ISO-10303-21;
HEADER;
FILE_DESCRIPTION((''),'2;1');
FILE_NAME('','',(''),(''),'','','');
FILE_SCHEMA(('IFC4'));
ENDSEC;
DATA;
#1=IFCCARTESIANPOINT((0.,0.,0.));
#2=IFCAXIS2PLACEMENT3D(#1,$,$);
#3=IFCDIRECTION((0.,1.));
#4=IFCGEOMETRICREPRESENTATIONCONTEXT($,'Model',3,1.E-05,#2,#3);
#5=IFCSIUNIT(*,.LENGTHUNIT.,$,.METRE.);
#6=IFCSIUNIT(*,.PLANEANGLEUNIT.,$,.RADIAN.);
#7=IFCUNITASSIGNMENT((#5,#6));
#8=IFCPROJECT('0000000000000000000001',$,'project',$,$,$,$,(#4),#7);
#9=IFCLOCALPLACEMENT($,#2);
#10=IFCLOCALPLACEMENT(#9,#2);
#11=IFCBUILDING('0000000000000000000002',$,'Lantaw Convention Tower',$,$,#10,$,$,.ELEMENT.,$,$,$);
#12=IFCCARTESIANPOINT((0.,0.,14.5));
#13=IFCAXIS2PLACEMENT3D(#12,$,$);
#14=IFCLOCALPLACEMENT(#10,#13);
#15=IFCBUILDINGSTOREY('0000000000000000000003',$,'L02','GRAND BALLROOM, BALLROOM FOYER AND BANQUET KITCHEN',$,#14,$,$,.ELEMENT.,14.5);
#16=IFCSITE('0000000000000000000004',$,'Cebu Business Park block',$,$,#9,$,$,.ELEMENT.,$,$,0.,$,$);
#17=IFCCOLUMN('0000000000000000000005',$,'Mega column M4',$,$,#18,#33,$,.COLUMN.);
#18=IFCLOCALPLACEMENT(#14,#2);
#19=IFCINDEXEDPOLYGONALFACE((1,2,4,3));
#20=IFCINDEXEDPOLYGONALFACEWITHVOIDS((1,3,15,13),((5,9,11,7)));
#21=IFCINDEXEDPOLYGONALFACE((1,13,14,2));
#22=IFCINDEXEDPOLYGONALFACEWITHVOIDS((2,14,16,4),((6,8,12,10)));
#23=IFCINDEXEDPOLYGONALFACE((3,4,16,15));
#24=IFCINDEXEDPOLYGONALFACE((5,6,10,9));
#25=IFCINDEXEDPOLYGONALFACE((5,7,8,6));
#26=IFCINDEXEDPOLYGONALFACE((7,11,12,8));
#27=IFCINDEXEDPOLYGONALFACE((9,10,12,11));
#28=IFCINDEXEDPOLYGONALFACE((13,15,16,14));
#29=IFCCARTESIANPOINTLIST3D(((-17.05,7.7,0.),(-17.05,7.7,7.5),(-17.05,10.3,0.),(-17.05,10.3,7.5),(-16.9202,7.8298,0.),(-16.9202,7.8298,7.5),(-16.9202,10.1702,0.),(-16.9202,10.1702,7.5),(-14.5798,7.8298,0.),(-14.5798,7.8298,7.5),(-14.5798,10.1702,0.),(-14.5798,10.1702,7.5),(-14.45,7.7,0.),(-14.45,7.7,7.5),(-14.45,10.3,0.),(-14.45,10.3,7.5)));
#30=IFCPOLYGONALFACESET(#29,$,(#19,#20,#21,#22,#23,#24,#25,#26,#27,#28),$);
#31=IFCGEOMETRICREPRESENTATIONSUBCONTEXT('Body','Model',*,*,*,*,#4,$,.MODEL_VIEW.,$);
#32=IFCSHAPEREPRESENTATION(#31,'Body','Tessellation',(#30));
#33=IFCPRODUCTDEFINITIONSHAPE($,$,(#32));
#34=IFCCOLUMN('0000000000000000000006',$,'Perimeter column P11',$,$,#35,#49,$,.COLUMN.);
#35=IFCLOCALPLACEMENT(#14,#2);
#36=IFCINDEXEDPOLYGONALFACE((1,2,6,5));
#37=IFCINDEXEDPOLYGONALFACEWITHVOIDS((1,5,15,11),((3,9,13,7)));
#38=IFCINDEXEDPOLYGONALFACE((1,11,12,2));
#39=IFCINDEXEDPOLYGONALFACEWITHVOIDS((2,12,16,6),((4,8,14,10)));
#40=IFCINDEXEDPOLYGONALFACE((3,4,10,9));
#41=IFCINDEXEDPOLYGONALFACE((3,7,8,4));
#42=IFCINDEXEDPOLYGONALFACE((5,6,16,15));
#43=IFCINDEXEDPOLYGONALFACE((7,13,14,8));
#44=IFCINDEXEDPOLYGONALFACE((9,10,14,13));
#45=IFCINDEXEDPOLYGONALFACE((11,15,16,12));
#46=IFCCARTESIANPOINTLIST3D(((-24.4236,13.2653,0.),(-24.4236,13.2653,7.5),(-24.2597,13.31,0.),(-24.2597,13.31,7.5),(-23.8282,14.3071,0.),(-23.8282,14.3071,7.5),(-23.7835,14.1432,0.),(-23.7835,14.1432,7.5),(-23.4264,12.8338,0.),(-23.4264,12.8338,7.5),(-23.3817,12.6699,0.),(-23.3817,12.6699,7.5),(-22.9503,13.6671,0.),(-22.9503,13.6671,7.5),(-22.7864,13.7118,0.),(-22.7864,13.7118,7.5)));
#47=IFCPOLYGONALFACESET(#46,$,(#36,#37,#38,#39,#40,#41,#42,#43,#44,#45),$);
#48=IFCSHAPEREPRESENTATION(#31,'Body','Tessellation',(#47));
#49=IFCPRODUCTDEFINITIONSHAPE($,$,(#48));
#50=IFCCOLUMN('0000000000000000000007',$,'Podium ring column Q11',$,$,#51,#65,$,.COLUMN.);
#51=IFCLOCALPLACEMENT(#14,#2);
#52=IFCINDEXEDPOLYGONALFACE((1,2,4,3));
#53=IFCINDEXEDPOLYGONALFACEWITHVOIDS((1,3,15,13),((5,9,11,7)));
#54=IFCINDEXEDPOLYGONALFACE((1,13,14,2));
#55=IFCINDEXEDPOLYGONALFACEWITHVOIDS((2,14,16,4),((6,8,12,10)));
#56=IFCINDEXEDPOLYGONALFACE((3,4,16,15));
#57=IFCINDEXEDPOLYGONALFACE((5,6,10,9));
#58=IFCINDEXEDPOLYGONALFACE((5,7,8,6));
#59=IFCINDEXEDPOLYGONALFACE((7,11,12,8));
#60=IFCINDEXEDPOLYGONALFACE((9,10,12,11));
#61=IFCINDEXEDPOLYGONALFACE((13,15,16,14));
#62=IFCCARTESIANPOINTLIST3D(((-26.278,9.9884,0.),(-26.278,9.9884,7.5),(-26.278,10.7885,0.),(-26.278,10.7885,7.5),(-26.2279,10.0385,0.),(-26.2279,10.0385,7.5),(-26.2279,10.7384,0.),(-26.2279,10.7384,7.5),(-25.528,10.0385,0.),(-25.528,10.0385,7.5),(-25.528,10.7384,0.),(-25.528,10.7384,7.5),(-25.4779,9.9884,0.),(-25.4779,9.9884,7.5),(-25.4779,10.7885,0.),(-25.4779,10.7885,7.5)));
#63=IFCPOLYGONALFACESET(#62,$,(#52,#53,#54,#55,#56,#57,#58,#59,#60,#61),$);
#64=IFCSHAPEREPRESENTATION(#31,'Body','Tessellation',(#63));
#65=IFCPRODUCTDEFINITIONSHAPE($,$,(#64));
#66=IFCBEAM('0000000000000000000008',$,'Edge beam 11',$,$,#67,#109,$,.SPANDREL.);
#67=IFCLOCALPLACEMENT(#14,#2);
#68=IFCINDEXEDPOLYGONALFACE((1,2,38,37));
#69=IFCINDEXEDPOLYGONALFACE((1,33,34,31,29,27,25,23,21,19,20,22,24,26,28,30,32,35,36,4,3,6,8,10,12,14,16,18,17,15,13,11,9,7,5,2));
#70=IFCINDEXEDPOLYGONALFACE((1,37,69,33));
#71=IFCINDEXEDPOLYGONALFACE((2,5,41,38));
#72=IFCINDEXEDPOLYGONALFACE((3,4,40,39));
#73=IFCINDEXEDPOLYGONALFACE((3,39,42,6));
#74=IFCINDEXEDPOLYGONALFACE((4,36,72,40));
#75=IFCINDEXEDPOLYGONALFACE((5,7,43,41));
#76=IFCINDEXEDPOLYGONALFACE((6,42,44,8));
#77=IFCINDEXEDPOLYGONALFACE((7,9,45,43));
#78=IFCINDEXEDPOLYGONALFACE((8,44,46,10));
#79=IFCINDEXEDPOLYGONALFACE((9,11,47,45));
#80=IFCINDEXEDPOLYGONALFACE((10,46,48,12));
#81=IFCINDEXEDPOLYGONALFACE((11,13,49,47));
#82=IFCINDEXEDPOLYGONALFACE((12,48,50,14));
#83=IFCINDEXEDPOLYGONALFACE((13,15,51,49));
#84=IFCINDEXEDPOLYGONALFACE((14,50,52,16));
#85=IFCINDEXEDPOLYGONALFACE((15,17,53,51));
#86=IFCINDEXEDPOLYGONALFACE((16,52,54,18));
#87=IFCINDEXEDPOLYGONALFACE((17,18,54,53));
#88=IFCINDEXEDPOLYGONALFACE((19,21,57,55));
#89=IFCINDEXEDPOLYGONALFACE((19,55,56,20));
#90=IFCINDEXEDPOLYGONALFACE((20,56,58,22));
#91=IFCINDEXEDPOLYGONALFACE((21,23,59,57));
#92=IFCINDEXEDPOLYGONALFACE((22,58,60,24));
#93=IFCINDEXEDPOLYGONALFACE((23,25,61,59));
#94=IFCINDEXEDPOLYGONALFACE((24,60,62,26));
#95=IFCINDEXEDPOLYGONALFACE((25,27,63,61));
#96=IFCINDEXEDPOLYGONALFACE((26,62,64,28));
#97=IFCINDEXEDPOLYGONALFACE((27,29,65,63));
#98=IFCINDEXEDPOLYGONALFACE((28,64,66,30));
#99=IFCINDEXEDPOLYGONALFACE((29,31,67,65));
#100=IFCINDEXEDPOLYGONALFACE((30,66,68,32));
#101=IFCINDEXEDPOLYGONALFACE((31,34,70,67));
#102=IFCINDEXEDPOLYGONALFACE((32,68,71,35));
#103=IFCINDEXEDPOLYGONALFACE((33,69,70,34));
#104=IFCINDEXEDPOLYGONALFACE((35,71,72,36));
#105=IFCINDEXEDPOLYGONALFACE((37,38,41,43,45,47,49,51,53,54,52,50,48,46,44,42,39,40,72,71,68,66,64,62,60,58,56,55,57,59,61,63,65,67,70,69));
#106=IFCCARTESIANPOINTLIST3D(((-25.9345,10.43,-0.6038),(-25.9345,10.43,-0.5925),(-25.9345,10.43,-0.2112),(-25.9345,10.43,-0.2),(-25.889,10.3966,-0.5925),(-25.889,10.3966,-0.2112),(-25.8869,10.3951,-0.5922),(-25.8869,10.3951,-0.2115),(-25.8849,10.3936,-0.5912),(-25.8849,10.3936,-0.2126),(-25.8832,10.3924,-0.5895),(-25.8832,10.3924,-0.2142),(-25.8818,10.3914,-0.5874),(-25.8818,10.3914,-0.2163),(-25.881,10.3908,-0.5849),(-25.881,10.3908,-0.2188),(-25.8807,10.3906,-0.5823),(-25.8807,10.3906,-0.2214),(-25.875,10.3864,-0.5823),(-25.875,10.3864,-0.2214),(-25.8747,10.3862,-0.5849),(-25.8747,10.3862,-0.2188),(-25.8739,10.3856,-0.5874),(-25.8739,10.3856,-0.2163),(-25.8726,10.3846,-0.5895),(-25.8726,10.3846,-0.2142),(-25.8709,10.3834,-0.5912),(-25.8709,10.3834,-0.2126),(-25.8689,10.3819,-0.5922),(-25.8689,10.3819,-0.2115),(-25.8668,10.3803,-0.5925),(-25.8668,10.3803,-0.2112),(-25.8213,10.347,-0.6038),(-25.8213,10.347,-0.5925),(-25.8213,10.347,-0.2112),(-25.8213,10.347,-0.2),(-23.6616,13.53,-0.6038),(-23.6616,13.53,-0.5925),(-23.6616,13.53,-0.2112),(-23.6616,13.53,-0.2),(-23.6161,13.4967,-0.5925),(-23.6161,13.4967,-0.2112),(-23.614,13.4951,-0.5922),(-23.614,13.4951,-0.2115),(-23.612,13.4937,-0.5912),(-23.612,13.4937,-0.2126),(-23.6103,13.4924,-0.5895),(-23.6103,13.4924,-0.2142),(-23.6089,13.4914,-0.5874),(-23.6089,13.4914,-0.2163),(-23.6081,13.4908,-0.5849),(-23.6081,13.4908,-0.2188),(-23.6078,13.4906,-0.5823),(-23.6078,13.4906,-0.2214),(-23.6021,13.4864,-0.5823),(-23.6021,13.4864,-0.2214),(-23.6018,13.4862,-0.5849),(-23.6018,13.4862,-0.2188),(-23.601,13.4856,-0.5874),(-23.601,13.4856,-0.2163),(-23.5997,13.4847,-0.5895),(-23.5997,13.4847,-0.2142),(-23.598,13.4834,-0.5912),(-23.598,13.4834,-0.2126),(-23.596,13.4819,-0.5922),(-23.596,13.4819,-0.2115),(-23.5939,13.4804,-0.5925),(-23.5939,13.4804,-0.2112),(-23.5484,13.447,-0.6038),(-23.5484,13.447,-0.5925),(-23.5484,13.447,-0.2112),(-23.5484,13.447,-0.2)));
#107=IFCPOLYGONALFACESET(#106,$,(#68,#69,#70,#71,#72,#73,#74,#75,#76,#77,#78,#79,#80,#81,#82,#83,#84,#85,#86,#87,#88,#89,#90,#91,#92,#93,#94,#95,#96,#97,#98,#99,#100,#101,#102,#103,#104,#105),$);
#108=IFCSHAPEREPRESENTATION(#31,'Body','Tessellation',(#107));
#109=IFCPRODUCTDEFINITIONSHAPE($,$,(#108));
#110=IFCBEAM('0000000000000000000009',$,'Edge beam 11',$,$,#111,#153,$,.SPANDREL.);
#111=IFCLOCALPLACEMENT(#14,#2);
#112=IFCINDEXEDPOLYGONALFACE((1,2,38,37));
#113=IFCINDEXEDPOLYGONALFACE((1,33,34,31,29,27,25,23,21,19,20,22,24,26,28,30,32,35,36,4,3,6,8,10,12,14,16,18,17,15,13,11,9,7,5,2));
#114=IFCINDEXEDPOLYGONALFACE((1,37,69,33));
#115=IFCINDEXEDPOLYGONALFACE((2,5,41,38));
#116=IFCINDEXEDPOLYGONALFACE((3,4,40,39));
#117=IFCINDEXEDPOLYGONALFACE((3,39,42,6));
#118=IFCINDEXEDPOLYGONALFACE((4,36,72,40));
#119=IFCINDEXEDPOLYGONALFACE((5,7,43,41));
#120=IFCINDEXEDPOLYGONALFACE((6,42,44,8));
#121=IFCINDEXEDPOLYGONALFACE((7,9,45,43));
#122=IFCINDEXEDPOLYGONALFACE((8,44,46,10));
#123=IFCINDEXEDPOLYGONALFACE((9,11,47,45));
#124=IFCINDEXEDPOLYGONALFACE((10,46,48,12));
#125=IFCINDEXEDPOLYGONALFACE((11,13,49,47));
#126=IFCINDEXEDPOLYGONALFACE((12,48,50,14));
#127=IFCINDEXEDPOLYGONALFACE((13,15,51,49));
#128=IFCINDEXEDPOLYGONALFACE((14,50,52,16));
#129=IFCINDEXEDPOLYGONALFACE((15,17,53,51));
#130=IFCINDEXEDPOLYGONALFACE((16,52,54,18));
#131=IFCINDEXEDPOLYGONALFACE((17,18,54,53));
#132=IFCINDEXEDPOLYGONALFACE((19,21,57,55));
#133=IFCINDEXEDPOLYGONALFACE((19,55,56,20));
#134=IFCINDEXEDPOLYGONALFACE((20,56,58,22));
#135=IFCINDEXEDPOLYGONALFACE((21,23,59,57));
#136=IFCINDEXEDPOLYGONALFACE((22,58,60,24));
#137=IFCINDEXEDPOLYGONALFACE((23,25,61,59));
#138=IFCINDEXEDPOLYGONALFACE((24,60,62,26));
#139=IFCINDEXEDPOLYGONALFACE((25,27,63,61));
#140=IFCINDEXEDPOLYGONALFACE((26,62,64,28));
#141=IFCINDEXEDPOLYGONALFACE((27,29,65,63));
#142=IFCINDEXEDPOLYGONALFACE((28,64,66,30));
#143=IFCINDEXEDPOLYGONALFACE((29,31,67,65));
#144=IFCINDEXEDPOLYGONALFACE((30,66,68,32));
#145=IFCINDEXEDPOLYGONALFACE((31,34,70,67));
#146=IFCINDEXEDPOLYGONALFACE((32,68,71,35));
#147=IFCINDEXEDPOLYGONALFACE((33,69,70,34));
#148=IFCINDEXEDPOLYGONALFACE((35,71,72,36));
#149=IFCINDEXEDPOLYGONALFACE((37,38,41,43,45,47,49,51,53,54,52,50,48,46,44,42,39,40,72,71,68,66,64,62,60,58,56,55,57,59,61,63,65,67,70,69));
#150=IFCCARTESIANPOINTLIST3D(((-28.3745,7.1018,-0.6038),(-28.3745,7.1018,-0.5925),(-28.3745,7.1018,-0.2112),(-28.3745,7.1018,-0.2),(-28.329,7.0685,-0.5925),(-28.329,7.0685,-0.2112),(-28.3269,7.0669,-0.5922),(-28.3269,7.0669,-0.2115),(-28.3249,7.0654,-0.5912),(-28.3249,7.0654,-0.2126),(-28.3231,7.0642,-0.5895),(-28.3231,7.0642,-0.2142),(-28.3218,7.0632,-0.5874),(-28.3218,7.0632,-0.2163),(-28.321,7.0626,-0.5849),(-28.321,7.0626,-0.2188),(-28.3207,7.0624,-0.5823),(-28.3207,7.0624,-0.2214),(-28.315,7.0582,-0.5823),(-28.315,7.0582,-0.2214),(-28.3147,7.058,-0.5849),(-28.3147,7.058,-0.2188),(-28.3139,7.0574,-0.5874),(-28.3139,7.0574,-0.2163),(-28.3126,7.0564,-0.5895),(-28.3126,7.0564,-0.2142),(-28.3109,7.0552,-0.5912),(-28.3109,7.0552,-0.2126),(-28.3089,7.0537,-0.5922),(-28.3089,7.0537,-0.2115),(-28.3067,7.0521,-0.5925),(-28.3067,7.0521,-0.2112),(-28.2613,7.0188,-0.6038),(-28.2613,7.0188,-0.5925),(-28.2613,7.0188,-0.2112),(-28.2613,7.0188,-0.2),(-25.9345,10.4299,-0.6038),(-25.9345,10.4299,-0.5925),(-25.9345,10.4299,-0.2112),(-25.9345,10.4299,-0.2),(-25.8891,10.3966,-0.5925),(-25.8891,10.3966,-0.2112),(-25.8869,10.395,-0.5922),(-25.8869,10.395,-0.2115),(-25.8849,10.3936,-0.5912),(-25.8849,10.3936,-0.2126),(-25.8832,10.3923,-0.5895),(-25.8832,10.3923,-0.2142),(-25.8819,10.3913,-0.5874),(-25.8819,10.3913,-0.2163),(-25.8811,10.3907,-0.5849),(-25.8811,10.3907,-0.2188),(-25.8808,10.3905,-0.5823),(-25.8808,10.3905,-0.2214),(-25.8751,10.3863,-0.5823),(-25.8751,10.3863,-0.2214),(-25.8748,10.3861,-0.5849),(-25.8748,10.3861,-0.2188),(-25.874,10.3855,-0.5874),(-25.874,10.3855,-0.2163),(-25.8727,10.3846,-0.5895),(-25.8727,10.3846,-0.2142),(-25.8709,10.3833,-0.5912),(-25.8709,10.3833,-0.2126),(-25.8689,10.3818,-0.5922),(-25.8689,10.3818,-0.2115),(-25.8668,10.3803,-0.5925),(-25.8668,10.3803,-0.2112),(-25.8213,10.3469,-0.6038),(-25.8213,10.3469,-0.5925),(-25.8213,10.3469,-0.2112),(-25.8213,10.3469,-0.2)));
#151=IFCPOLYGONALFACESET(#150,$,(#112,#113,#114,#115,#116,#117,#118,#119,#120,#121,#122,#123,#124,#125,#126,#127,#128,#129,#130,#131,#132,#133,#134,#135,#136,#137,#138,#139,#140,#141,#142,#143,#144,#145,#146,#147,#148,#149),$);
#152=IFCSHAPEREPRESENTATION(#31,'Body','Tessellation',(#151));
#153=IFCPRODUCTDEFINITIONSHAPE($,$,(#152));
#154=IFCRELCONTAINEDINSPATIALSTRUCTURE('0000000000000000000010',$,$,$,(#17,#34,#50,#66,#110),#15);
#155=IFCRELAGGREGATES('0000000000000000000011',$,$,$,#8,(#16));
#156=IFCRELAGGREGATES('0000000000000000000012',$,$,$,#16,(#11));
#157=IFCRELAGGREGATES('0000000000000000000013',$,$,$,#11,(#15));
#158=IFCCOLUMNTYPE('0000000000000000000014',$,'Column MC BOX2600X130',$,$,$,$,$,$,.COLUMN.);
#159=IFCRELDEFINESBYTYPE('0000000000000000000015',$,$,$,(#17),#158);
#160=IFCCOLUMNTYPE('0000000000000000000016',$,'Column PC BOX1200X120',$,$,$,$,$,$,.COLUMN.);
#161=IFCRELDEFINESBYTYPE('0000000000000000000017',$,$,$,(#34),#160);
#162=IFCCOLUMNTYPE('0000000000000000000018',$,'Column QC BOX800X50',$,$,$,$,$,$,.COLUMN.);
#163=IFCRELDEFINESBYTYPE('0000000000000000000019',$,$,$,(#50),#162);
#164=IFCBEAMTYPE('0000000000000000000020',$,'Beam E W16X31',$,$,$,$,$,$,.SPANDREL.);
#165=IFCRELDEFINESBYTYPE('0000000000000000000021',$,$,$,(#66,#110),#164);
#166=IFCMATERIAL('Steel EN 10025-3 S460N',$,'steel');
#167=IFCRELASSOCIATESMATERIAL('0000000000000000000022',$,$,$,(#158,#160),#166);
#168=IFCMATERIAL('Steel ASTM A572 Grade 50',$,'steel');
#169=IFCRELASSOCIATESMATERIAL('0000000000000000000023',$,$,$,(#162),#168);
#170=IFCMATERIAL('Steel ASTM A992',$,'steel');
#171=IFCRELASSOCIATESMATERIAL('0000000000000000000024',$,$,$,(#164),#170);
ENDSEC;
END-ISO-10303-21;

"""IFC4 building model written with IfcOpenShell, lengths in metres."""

from ifc_helpers import new_model, si_unit, direction, frame, origin, origin_2d, place, context, subcontext, project, spatial, rectangle, hollow_rectangle, i_section, extrude, material, material_profile, profile_set, type_object, element, save


model = new_model("IFC4")

# Units and contexts
model_context = context("Model", 3, precision=1e-05, world=origin(), true_north=direction((0.0, 1.0)))
body_context = subcontext(model_context, "Body", "Model", "MODEL_VIEW")
ifc_project = project(units=[si_unit("LENGTHUNIT", "METRE"), si_unit("PLANEANGLEUNIT", "RADIAN")], contexts=[model_context])

# Site, building, storey
site_placement = place(None, origin())
site = spatial("IfcSite", under=ifc_project, at=site_placement, Name="Cebu Business Park block", CompositionType="ELEMENT", RefElevation=0.0)
building_placement = place(site_placement, origin())
building = spatial("IfcBuilding", under=site, at=building_placement, Name="Lantaw Convention Tower", CompositionType="ELEMENT")
storey_placement = place(building_placement, frame((0.0, 0.0, 14.5)))
storey = spatial("IfcBuildingStorey", under=building, at=storey_placement, Name="L02", Description="GRAND BALLROOM, BALLROOM FOYER AND BANQUET KITCHEN", CompositionType="ELEMENT", Elevation=14.5)

# Columns
ifc_material_1 = material(Name="Steel EN 10025-3 S460N", Category="steel")
ifc_material_profile_1 = material_profile(ifc_material_1, hollow_rectangle(XDim=2.6001, YDim=2.6001, WallThickness=0.1299, at=origin_2d()), Name="BOX2600X130")
ifc_material_2 = material(Name="Concrete C60/75", Category="concrete")
ifc_material_profile_2 = material_profile(ifc_material_2, rectangle(XDim=2.3401, YDim=2.3401, at=origin_2d()), Name="Concrete fill of BOX2600X130")
ifc_profile_set_1 = profile_set([ifc_material_profile_1, ifc_material_profile_2], Name="Steel EN 10025-3 S460N")
column_type_1 = type_object("IfcColumnType", Name="Column MC BOX2600X130", PredefinedType="COLUMN", material=ifc_profile_set_1)
column_1_placement = place(storey_placement, frame((-15.75, 9.0, 0.0), z_axis=(0.0, 0.0, 1.0), x_axis=(1.0, 0.0, 0.0)))
element("IfcColumn", 1, at=column_1_placement, inside=storey, type_object=column_type_1, Name="Mega column M4", PredefinedType="COLUMN", context=body_context, shape_type="SweptSolid", body=[
    extrude(hollow_rectangle(XDim=2.6001, YDim=2.6001, WallThickness=0.1299, at=origin_2d()), origin(), (0.0, 0.0, 1.0), 7.5),
])
ifc_material_profile_3 = material_profile(ifc_material_1, hollow_rectangle(XDim=1.2, YDim=1.2, WallThickness=0.1201, at=origin_2d()), Name="BOX1200X120")
ifc_material_profile_4 = material_profile(ifc_material_2, rectangle(XDim=0.96, YDim=0.96, at=origin_2d()), Name="Concrete fill of BOX1200X120")
ifc_profile_set_2 = profile_set([ifc_material_profile_3, ifc_material_profile_4], Name="Steel EN 10025-3 S460N")
column_type_2 = type_object("IfcColumnType", Name="Column PC BOX1200X120", PredefinedType="COLUMN", material=ifc_profile_set_2)
column_2_placement = place(storey_placement, frame((-23.605, 13.4885, 0.0), z_axis=(0.0, 0.0, 1.0), x_axis=(0.496139, 0.868243, 0.0)))
element("IfcColumn", 2, at=column_2_placement, inside=storey, type_object=column_type_2, Name="Perimeter column P11", PredefinedType="COLUMN", context=body_context, shape_type="SweptSolid", body=[
    extrude(hollow_rectangle(XDim=1.2, YDim=1.2, WallThickness=0.1201, at=origin_2d()), origin(), (0.0, 0.0, 1.0), 7.5),
])
ifc_material_3 = material(Name="Steel ASTM A572 Grade 50", Category="steel")
ifc_material_profile_5 = material_profile(ifc_material_3, hollow_rectangle(XDim=0.8, YDim=0.8, WallThickness=0.05, at=origin_2d()), Name="BOX800X50")
ifc_profile_set_3 = profile_set([ifc_material_profile_5], Name="Steel ASTM A572 Grade 50")
column_type_3 = type_object("IfcColumnType", Name="Column QC BOX800X50", PredefinedType="COLUMN", material=ifc_profile_set_3)
column_3_placement = place(storey_placement, frame((-25.8779, 10.3884, 0.0), z_axis=(0.0, 0.0, 1.0), x_axis=(1.0, 0.0, 0.0)))
element("IfcColumn", 3, at=column_3_placement, inside=storey, type_object=column_type_3, Name="Podium ring column Q11", PredefinedType="COLUMN", context=body_context, shape_type="SweptSolid", body=[
    extrude(hollow_rectangle(XDim=0.8, YDim=0.8, WallThickness=0.05, at=origin_2d()), origin(), (0.0, 0.0, 1.0), 7.5),
])

# Beams
ifc_material_4 = material(Name="Steel ASTM A992", Category="steel")
ifc_material_profile_6 = material_profile(ifc_material_4, i_section(OverallWidth=0.1404, OverallDepth=0.4038, WebThickness=0.0071, FlangeThickness=0.0112, FilletRadius=0.0103, at=origin_2d()), Name="W16X31")
ifc_profile_set_4 = profile_set([ifc_material_profile_6], Name="Steel ASTM A992")
beam_type_1 = type_object("IfcBeamType", Name="Beam E W16X31", PredefinedType="SPANDREL", material=ifc_profile_set_4)
beam_1_placement = place(storey_placement, frame((-23.605, 13.4885, -0.4019), z_axis=(-0.591287, -0.806462, 0.0), x_axis=(0.806462, -0.591287, 0.0)))
element("IfcBeam", 4, at=beam_1_placement, inside=storey, type_object=beam_type_1, Name="Edge beam 11", PredefinedType="SPANDREL", context=body_context, shape_type="SweptSolid", body=[
    extrude(i_section(OverallWidth=0.1404, OverallDepth=0.4038, WebThickness=0.0071, FlangeThickness=0.0112, FilletRadius=0.0103, at=origin_2d()), origin(), (0.0, 0.0, 1.0), 3.844),
])
beam_2_placement = place(storey_placement, frame((-25.8779, 10.3884, -0.4019), z_axis=(-0.591256, -0.806484, 0.0), x_axis=(0.806484, -0.591256, 0.0)))
element("IfcBeam", 5, at=beam_2_placement, inside=storey, type_object=beam_type_1, Name="Edge beam 11", PredefinedType="SPANDREL", context=body_context, shape_type="SweptSolid", body=[
    extrude(i_section(OverallWidth=0.1404, OverallDepth=0.4038, WebThickness=0.0071, FlangeThickness=0.0112, FilletRadius=0.0103, at=origin_2d()), origin(), (0.0, 0.0, 1.0), 4.1267),
])

save(model, "model.ifc")
